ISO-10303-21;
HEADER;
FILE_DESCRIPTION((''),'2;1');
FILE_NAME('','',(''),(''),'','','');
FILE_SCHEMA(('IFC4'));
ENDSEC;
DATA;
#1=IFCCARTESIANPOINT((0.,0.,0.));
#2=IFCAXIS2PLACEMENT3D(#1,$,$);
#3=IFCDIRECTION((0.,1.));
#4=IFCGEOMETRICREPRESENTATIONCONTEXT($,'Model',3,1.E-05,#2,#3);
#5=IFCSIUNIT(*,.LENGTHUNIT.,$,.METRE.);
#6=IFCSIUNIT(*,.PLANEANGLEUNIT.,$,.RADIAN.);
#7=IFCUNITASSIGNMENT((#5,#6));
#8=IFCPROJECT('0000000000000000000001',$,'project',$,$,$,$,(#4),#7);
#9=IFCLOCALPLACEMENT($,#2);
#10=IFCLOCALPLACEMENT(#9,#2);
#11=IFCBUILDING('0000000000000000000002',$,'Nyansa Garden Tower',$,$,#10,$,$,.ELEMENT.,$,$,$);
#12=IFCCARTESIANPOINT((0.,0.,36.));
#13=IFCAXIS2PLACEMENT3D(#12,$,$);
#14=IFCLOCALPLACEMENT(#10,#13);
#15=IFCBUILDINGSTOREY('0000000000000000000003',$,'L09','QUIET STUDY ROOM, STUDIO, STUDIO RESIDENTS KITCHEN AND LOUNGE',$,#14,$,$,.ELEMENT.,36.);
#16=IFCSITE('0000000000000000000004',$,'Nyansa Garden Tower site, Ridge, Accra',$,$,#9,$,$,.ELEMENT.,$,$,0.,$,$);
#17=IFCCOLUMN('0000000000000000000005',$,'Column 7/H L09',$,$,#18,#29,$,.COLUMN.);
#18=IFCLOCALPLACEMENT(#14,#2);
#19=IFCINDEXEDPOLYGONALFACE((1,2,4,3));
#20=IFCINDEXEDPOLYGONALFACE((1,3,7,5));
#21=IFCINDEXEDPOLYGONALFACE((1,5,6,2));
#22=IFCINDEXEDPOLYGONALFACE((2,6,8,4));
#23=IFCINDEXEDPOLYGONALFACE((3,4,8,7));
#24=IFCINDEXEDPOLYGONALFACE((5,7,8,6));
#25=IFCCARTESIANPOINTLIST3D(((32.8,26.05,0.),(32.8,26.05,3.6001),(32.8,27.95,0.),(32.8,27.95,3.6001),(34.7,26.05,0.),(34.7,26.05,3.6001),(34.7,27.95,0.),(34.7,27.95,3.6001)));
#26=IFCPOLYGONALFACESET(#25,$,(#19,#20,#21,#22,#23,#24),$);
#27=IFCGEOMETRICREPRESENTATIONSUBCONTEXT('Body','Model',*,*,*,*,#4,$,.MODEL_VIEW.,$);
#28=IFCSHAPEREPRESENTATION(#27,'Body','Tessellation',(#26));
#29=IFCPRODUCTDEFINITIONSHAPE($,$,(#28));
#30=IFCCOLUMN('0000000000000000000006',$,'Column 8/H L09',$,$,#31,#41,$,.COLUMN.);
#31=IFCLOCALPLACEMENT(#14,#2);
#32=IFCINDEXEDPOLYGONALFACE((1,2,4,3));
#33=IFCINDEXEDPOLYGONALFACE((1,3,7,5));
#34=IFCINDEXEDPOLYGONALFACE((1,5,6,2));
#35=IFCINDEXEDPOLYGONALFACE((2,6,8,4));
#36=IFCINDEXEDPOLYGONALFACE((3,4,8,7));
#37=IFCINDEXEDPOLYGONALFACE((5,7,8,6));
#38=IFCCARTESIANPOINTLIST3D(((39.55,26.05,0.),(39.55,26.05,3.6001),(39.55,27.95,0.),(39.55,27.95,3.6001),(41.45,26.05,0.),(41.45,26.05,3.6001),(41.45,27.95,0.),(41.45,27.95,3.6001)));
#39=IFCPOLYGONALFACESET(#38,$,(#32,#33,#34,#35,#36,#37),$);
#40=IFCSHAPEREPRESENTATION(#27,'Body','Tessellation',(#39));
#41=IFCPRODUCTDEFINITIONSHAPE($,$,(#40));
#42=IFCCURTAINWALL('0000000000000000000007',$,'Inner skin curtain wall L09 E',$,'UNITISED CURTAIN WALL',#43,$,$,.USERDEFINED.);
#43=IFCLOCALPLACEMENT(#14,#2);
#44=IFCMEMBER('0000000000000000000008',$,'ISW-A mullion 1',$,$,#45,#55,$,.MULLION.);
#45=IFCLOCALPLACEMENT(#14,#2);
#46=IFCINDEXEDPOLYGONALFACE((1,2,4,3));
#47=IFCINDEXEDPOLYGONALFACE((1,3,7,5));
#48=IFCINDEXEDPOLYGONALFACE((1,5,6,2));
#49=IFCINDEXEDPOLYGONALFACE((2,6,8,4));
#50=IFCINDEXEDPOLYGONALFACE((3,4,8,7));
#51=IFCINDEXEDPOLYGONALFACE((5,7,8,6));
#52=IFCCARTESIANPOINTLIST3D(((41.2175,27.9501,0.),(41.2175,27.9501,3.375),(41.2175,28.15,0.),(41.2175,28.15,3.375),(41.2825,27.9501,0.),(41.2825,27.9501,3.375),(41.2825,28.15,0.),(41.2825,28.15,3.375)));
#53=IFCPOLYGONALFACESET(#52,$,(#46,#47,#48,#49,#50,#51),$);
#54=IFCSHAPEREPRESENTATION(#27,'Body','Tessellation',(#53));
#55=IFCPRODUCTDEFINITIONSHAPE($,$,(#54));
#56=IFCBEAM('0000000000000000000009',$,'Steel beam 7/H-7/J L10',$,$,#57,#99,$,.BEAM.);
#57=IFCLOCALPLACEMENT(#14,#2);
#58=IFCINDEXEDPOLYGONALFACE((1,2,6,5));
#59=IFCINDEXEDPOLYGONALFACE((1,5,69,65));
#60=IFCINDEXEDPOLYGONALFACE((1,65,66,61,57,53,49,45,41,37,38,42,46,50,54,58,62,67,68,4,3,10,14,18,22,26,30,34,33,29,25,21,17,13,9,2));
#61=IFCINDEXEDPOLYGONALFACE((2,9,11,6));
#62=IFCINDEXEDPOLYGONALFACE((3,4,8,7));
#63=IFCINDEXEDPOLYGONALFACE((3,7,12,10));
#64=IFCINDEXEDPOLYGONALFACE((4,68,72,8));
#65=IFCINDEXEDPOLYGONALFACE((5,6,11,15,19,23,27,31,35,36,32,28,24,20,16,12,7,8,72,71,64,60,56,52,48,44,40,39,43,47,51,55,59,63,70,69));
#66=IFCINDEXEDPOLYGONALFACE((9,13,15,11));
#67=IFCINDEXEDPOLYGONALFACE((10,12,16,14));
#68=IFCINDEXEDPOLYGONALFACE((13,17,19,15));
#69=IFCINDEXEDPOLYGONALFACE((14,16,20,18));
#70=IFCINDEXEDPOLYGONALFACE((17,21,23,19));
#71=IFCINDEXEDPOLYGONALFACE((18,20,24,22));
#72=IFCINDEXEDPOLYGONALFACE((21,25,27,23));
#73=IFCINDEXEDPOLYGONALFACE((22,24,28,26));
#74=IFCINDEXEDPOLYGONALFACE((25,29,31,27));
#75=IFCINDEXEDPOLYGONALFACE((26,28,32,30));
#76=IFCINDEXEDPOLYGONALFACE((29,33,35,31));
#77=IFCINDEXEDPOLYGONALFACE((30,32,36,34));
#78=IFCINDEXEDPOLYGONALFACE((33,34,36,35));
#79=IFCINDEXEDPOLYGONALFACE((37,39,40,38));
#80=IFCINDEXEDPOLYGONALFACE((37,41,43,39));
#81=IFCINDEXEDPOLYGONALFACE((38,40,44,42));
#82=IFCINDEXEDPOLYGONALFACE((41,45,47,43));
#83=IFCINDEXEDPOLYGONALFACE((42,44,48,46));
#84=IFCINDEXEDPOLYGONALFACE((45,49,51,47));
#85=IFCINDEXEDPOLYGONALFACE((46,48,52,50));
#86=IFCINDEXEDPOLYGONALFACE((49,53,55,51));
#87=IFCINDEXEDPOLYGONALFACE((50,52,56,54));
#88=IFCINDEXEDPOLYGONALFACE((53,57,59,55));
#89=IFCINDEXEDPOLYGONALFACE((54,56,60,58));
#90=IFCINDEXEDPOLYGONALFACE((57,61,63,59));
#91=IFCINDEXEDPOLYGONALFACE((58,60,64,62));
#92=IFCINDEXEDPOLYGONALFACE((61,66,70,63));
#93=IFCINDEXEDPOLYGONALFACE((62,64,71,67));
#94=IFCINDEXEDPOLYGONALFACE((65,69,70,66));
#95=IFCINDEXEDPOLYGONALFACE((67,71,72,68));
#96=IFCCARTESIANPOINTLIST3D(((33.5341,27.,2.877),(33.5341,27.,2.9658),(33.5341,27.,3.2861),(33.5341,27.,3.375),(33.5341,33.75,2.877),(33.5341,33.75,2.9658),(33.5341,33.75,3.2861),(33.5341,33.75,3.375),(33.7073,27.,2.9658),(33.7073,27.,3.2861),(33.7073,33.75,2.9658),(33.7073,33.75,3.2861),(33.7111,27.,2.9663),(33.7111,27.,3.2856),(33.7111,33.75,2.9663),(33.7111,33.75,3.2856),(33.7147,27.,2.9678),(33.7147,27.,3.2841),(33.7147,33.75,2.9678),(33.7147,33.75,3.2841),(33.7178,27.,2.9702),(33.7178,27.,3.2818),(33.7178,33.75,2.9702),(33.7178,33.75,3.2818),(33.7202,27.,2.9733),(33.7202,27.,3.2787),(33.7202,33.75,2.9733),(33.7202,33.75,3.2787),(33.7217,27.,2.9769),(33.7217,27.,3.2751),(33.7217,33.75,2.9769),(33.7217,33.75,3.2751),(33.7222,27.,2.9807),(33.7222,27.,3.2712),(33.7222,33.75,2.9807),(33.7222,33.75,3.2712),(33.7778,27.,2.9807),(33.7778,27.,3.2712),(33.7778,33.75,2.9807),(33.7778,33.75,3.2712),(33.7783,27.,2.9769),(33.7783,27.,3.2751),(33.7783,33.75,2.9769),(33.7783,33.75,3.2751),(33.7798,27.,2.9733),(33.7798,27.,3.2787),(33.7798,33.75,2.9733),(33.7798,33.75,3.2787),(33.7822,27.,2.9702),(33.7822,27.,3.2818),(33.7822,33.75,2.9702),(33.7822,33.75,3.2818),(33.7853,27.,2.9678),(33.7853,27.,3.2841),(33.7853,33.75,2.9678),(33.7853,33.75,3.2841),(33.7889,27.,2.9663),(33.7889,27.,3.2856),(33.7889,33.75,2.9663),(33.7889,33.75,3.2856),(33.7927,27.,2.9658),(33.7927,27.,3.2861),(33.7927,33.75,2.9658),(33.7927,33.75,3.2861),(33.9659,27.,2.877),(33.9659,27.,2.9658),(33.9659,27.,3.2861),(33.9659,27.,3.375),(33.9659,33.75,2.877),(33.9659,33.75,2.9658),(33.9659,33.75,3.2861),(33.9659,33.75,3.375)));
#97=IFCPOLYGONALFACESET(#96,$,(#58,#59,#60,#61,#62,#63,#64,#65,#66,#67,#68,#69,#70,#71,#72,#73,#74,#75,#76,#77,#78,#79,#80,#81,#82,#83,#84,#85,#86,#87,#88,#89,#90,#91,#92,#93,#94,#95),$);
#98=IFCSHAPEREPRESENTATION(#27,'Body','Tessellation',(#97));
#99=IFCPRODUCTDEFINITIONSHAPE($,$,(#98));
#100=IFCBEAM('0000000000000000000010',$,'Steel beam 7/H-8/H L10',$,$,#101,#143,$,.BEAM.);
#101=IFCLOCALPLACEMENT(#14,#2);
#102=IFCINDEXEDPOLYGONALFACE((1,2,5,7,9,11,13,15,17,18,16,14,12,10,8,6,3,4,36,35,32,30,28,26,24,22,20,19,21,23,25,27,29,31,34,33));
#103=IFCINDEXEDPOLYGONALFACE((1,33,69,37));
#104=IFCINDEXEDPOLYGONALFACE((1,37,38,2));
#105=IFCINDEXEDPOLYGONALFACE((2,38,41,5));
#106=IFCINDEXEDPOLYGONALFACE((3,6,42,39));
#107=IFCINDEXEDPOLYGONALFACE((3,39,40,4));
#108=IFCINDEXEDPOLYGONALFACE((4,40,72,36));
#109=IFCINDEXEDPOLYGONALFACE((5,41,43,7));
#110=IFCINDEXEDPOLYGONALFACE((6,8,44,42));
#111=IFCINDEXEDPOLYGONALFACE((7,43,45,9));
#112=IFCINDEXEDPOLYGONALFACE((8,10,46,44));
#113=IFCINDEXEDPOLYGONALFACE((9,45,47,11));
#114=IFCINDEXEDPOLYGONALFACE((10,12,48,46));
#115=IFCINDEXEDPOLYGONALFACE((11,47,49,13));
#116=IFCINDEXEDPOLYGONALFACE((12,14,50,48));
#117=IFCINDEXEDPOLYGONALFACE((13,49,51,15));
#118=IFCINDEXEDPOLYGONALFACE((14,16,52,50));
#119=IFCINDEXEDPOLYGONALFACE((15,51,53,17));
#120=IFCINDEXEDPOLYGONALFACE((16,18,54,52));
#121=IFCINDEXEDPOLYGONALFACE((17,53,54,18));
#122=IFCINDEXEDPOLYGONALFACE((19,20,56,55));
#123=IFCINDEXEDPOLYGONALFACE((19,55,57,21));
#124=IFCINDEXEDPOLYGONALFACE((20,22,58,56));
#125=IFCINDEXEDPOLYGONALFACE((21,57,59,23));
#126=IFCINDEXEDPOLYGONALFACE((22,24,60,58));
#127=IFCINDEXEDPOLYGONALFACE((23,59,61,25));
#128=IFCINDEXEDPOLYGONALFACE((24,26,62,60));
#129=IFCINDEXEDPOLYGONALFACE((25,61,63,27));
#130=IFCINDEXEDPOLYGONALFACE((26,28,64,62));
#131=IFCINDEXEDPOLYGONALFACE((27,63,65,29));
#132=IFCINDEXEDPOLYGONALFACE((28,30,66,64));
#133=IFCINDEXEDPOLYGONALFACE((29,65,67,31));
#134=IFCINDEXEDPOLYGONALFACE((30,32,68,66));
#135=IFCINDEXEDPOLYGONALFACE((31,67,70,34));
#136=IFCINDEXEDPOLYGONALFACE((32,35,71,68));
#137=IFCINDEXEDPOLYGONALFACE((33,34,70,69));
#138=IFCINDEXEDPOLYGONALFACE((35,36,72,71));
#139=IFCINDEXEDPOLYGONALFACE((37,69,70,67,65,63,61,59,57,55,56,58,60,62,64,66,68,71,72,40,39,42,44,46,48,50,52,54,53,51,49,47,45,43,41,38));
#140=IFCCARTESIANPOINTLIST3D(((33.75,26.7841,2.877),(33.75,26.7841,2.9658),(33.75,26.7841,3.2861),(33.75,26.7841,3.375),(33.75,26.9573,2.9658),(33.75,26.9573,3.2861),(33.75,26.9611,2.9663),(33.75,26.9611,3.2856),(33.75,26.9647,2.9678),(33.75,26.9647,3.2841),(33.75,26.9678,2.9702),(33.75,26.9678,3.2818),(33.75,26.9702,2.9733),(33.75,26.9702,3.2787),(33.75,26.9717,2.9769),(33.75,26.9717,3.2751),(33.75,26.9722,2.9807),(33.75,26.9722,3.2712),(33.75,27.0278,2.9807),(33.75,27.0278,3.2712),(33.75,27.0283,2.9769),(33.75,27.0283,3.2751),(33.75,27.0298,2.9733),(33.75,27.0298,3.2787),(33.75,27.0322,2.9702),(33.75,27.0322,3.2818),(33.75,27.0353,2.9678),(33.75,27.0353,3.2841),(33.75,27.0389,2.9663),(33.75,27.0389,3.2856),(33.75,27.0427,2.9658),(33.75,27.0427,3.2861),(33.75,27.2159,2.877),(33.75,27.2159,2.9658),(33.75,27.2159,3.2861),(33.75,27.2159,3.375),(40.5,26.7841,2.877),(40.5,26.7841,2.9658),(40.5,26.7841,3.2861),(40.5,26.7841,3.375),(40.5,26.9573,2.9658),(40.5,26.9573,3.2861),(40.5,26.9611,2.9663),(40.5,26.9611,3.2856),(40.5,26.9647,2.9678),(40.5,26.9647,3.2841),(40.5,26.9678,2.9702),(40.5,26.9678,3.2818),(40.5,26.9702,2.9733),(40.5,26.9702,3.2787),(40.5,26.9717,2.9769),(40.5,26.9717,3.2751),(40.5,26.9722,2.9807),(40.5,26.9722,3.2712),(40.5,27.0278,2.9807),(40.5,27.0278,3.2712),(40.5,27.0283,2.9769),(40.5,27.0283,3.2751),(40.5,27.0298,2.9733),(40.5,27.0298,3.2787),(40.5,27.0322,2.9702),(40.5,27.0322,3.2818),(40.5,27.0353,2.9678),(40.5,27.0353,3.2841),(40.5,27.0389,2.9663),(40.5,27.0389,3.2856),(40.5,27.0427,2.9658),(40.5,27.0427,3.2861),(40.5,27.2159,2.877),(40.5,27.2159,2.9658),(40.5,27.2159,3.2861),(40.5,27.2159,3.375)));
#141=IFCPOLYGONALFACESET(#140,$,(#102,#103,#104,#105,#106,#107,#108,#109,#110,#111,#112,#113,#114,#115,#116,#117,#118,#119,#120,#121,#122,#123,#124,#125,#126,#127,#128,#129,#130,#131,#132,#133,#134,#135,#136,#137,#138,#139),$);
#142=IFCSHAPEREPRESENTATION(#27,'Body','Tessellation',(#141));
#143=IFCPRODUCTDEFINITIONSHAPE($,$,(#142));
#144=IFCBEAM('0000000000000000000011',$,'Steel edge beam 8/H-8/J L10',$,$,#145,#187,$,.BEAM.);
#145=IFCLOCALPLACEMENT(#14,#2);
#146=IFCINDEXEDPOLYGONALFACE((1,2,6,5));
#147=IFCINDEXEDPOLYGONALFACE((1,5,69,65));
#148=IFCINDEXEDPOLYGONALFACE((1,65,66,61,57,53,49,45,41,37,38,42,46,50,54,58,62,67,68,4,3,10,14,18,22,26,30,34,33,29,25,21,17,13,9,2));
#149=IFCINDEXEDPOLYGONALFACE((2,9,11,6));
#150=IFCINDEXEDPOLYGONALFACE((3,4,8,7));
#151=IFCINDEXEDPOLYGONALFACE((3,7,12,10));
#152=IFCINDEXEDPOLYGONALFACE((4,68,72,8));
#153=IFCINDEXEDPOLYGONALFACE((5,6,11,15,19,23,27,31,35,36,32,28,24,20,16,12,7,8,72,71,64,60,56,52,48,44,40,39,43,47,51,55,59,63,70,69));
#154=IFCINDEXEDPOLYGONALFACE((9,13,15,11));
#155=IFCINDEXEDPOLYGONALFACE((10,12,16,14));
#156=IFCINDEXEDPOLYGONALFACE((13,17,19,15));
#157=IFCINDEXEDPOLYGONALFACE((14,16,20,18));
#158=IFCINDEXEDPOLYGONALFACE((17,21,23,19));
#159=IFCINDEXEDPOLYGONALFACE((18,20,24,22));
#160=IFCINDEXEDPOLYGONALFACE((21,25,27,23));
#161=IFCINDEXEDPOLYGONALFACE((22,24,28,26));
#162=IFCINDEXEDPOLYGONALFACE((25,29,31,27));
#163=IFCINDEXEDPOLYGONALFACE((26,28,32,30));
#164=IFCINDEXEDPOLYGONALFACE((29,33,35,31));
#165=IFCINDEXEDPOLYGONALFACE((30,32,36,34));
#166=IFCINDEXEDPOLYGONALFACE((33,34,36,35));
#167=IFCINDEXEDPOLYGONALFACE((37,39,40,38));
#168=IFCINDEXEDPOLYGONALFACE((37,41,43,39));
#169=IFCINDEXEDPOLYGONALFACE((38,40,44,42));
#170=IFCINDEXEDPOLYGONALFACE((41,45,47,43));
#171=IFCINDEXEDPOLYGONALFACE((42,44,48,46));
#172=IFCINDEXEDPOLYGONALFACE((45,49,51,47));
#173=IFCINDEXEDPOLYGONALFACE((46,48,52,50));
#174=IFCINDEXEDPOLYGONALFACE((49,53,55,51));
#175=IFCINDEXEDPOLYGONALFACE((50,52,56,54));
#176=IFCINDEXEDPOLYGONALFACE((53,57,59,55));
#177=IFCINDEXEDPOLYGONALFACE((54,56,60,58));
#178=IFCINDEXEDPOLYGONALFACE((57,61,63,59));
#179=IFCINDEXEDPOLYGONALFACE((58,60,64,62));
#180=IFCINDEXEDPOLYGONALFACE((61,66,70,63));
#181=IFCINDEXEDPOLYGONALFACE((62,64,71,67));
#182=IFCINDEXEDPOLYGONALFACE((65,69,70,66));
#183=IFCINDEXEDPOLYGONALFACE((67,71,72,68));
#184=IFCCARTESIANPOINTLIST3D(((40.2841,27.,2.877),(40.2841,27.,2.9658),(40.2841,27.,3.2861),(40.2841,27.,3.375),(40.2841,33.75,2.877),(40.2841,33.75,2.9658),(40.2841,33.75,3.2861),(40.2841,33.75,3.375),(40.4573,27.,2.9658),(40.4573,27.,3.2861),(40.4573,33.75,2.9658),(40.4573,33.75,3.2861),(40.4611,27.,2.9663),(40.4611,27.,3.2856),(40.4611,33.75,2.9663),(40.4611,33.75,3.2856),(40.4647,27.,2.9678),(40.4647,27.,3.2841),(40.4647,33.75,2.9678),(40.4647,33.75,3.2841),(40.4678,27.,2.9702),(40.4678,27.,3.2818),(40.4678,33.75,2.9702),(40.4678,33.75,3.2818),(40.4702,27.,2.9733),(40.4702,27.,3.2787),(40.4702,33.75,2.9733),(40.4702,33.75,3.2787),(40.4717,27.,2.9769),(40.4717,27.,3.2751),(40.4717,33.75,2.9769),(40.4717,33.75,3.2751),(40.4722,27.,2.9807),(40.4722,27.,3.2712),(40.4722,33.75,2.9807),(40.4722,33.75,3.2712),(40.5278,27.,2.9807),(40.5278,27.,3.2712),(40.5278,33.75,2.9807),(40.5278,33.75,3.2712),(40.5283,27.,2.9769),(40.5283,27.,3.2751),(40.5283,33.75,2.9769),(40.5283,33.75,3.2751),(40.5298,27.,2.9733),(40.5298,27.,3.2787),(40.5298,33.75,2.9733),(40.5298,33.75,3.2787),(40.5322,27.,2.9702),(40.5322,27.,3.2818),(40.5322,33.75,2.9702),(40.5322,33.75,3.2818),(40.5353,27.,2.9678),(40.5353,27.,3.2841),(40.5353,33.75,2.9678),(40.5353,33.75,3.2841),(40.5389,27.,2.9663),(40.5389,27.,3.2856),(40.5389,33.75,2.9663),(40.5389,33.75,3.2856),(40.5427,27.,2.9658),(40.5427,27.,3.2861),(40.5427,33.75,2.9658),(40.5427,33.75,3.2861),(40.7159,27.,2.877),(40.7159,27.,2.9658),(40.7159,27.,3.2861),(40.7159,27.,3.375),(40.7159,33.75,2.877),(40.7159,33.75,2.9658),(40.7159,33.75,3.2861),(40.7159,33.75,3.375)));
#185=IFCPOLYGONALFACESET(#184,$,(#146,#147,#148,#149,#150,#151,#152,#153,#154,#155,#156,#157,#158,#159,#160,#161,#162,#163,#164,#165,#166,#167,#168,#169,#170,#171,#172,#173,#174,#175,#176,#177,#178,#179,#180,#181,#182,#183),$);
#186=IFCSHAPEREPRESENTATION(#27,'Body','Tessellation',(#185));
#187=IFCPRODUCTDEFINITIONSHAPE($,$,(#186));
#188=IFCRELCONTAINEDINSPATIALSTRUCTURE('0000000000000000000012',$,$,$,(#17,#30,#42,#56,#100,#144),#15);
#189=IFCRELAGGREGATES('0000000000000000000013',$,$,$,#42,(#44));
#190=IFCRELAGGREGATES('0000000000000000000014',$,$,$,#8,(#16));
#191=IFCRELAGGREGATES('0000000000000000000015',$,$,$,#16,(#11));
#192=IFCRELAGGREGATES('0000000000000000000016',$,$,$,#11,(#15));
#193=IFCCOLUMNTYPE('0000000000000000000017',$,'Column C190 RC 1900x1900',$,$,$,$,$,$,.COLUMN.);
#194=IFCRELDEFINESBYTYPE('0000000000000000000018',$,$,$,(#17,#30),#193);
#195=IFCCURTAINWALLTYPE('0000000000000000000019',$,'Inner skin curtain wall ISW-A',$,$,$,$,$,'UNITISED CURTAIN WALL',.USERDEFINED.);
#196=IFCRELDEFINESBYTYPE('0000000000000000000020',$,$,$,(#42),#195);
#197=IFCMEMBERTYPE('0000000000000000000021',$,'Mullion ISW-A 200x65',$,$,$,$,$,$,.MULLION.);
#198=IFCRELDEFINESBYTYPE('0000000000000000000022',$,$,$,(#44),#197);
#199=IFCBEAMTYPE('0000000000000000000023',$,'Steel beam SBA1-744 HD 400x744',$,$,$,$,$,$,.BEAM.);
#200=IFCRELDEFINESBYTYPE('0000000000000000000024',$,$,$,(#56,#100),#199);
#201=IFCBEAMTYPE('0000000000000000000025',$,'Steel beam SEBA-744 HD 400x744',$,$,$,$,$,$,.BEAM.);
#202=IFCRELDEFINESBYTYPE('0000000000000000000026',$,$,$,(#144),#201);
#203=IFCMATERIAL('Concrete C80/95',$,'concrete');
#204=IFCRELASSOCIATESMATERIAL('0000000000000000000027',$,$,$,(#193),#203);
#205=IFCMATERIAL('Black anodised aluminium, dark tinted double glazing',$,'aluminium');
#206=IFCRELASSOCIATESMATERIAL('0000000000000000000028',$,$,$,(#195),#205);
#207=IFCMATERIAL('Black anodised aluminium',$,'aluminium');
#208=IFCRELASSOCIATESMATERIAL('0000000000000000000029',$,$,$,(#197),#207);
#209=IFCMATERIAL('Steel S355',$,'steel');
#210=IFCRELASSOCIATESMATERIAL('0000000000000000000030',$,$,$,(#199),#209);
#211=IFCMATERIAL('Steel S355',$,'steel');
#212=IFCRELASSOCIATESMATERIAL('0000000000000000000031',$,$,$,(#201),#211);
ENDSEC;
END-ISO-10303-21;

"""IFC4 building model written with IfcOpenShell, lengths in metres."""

from ifc_helpers import new_model, si_unit, direction, frame, origin, origin_2d, place, context, subcontext, project, spatial, rectangle, i_section, extrude, material, material_profile, profile_set, type_object, element, aggregate, save


model = new_model("IFC4")

# Units and contexts
model_context = context("Model", 3, precision=1e-05, world=origin(), true_north=direction((0.0, 1.0)))
body_context = subcontext(model_context, "Body", "Model", "MODEL_VIEW")
ifc_project = project(units=[si_unit("LENGTHUNIT", "METRE"), si_unit("PLANEANGLEUNIT", "RADIAN")], contexts=[model_context])

# Site, building, storey
site_placement = place(None, origin())
site = spatial("IfcSite", under=ifc_project, at=site_placement, Name="Nyansa Garden Tower site, Ridge, Accra", CompositionType="ELEMENT", RefElevation=0.0)
building_placement = place(site_placement, origin())
building = spatial("IfcBuilding", under=site, at=building_placement, Name="Nyansa Garden Tower", CompositionType="ELEMENT")
storey_placement = place(building_placement, frame((0.0, 0.0, 36.0)))
storey = spatial("IfcBuildingStorey", under=building, at=storey_placement, Name="L09", Description="QUIET STUDY ROOM, STUDIO, STUDIO RESIDENTS KITCHEN AND LOUNGE", CompositionType="ELEMENT", Elevation=36.0)

# Columns
ifc_material_1 = material(Name="Concrete C80/95", Category="concrete")
ifc_material_profile_1 = material_profile(ifc_material_1, rectangle(XDim=1.8999, YDim=1.8999, at=origin_2d()), Name="RC 1900x1900")
ifc_profile_set_1 = profile_set([ifc_material_profile_1], Name="Concrete C80/95")
column_type = type_object("IfcColumnType", Name="Column C190 RC 1900x1900", PredefinedType="COLUMN", material=ifc_profile_set_1)
for number, where, z_axis, x_axis, name in (
    (1, (33.75, 27.0, 0.0), (0.0, 0.0, 1.0), (1.0, 0.0, 0.0), "Column 7/H L09"),
    (2, (40.5, 27.0, 0.0), (0.0, 0.0, 1.0), (1.0, 0.0, 0.0), "Column 8/H L09"),
):
    element("IfcColumn", number, at=place(storey_placement, frame(where, z_axis=z_axis, x_axis=x_axis)), inside=storey, type_object=column_type, Name=name, PredefinedType="COLUMN", context=body_context, shape_type="SweptSolid", body=[
        extrude(rectangle(XDim=1.8999, YDim=1.8999, at=origin_2d()), origin(), (0.0, 0.0, 1.0), 3.6001),
    ])

# Curtain wall, member
ifc_material_2 = material(Name="Black anodised aluminium, dark tinted double glazing", Category="aluminium")
curtain_wall_type = type_object("IfcCurtainWallType", Name="Inner skin curtain wall ISW-A", ElementType="UNITISED CURTAIN WALL", PredefinedType="USERDEFINED", material=ifc_material_2)
curtain_wall_placement = place(storey_placement, origin())
curtain_wall = element("IfcCurtainWall", 3, at=curtain_wall_placement, inside=storey, type_object=curtain_wall_type, Name="Inner skin curtain wall L09 E", ObjectType="UNITISED CURTAIN WALL", PredefinedType="USERDEFINED")
ifc_material_3 = material(Name="Black anodised aluminium", Category="aluminium")
ifc_material_profile_2 = material_profile(ifc_material_3, rectangle(XDim=0.0649, YDim=0.2, at=origin_2d()), Name="Mullion 200x65")
ifc_profile_set_2 = profile_set([ifc_material_profile_2], Name="Black anodised aluminium")
member_type_1 = type_object("IfcMemberType", Name="Mullion ISW-A 200x65", PredefinedType="MULLION", material=ifc_profile_set_2)
member_1_placement = place(storey_placement, frame((41.25, 28.05, 0.0), z_axis=(0.0, 0.0, 1.0), x_axis=(-1.0, 0.0, 0.0)))
member_1 = element("IfcMember", 4, at=member_1_placement, type_object=member_type_1, Name="ISW-A mullion 1", PredefinedType="MULLION", context=body_context, shape_type="SweptSolid", body=[
    extrude(rectangle(XDim=0.0649, YDim=0.2, at=origin_2d()), origin(), (0.0, 0.0, 1.0), 3.375),
])

# Beams
ifc_material_4 = material(Name="Steel S355", Category="steel")
ifc_material_profile_3 = material_profile(ifc_material_4, i_section(OverallWidth=0.4319, OverallDepth=0.498, WebThickness=0.0557, FlangeThickness=0.0889, FilletRadius=0.0149, at=origin_2d()), Name="HD 400x744")
ifc_profile_set_3 = profile_set([ifc_material_profile_3], Name="Steel S355")
beam_type_1 = type_object("IfcBeamType", Name="Steel beam SBA1-744 HD 400x744", PredefinedType="BEAM", material=ifc_profile_set_3)
for number, where, z_axis, x_axis, name in (
    (5, (33.75, 27.0, 3.126), (0.0, 1.0, 0.0), (-1.0, 0.0, 0.0), "Steel beam 7/H-7/J L10"),
    (6, (33.75, 27.0, 3.126), (1.0, 0.0, 0.0), (0.0, 1.0, 0.0), "Steel beam 7/H-8/H L10"),
):
    element("IfcBeam", number, at=place(storey_placement, frame(where, z_axis=z_axis, x_axis=x_axis)), inside=storey, type_object=beam_type_1, Name=name, PredefinedType="BEAM", context=body_context, shape_type="SweptSolid", body=[
        extrude(i_section(OverallWidth=0.4319, OverallDepth=0.498, WebThickness=0.0557, FlangeThickness=0.0889, FilletRadius=0.0149, at=origin_2d()), origin(), (0.0, 0.0, 1.0), 6.75),
    ])
ifc_material_5 = material(Name="Steel S355", Category="steel")
ifc_material_profile_4 = material_profile(ifc_material_5, i_section(OverallWidth=0.4319, OverallDepth=0.498, WebThickness=0.0557, FlangeThickness=0.0889, FilletRadius=0.0149, at=origin_2d()), Name="HD 400x744")
ifc_profile_set_4 = profile_set([ifc_material_profile_4], Name="Steel S355")
beam_type_2 = type_object("IfcBeamType", Name="Steel beam SEBA-744 HD 400x744", PredefinedType="BEAM", material=ifc_profile_set_4)
beam_placement = place(storey_placement, frame((40.5, 27.0, 3.126), z_axis=(0.0, 1.0, 0.0), x_axis=(-1.0, 0.0, 0.0)))
element("IfcBeam", 7, at=beam_placement, inside=storey, type_object=beam_type_2, Name="Steel edge beam 8/H-8/J L10", PredefinedType="BEAM", context=body_context, shape_type="SweptSolid", body=[
    extrude(i_section(OverallWidth=0.4319, OverallDepth=0.498, WebThickness=0.0557, FlangeThickness=0.0889, FilletRadius=0.0149, at=origin_2d()), origin(), (0.0, 0.0, 1.0), 6.75),
])

aggregate(curtain_wall, [member_1])

save(model, "model.ifc")
